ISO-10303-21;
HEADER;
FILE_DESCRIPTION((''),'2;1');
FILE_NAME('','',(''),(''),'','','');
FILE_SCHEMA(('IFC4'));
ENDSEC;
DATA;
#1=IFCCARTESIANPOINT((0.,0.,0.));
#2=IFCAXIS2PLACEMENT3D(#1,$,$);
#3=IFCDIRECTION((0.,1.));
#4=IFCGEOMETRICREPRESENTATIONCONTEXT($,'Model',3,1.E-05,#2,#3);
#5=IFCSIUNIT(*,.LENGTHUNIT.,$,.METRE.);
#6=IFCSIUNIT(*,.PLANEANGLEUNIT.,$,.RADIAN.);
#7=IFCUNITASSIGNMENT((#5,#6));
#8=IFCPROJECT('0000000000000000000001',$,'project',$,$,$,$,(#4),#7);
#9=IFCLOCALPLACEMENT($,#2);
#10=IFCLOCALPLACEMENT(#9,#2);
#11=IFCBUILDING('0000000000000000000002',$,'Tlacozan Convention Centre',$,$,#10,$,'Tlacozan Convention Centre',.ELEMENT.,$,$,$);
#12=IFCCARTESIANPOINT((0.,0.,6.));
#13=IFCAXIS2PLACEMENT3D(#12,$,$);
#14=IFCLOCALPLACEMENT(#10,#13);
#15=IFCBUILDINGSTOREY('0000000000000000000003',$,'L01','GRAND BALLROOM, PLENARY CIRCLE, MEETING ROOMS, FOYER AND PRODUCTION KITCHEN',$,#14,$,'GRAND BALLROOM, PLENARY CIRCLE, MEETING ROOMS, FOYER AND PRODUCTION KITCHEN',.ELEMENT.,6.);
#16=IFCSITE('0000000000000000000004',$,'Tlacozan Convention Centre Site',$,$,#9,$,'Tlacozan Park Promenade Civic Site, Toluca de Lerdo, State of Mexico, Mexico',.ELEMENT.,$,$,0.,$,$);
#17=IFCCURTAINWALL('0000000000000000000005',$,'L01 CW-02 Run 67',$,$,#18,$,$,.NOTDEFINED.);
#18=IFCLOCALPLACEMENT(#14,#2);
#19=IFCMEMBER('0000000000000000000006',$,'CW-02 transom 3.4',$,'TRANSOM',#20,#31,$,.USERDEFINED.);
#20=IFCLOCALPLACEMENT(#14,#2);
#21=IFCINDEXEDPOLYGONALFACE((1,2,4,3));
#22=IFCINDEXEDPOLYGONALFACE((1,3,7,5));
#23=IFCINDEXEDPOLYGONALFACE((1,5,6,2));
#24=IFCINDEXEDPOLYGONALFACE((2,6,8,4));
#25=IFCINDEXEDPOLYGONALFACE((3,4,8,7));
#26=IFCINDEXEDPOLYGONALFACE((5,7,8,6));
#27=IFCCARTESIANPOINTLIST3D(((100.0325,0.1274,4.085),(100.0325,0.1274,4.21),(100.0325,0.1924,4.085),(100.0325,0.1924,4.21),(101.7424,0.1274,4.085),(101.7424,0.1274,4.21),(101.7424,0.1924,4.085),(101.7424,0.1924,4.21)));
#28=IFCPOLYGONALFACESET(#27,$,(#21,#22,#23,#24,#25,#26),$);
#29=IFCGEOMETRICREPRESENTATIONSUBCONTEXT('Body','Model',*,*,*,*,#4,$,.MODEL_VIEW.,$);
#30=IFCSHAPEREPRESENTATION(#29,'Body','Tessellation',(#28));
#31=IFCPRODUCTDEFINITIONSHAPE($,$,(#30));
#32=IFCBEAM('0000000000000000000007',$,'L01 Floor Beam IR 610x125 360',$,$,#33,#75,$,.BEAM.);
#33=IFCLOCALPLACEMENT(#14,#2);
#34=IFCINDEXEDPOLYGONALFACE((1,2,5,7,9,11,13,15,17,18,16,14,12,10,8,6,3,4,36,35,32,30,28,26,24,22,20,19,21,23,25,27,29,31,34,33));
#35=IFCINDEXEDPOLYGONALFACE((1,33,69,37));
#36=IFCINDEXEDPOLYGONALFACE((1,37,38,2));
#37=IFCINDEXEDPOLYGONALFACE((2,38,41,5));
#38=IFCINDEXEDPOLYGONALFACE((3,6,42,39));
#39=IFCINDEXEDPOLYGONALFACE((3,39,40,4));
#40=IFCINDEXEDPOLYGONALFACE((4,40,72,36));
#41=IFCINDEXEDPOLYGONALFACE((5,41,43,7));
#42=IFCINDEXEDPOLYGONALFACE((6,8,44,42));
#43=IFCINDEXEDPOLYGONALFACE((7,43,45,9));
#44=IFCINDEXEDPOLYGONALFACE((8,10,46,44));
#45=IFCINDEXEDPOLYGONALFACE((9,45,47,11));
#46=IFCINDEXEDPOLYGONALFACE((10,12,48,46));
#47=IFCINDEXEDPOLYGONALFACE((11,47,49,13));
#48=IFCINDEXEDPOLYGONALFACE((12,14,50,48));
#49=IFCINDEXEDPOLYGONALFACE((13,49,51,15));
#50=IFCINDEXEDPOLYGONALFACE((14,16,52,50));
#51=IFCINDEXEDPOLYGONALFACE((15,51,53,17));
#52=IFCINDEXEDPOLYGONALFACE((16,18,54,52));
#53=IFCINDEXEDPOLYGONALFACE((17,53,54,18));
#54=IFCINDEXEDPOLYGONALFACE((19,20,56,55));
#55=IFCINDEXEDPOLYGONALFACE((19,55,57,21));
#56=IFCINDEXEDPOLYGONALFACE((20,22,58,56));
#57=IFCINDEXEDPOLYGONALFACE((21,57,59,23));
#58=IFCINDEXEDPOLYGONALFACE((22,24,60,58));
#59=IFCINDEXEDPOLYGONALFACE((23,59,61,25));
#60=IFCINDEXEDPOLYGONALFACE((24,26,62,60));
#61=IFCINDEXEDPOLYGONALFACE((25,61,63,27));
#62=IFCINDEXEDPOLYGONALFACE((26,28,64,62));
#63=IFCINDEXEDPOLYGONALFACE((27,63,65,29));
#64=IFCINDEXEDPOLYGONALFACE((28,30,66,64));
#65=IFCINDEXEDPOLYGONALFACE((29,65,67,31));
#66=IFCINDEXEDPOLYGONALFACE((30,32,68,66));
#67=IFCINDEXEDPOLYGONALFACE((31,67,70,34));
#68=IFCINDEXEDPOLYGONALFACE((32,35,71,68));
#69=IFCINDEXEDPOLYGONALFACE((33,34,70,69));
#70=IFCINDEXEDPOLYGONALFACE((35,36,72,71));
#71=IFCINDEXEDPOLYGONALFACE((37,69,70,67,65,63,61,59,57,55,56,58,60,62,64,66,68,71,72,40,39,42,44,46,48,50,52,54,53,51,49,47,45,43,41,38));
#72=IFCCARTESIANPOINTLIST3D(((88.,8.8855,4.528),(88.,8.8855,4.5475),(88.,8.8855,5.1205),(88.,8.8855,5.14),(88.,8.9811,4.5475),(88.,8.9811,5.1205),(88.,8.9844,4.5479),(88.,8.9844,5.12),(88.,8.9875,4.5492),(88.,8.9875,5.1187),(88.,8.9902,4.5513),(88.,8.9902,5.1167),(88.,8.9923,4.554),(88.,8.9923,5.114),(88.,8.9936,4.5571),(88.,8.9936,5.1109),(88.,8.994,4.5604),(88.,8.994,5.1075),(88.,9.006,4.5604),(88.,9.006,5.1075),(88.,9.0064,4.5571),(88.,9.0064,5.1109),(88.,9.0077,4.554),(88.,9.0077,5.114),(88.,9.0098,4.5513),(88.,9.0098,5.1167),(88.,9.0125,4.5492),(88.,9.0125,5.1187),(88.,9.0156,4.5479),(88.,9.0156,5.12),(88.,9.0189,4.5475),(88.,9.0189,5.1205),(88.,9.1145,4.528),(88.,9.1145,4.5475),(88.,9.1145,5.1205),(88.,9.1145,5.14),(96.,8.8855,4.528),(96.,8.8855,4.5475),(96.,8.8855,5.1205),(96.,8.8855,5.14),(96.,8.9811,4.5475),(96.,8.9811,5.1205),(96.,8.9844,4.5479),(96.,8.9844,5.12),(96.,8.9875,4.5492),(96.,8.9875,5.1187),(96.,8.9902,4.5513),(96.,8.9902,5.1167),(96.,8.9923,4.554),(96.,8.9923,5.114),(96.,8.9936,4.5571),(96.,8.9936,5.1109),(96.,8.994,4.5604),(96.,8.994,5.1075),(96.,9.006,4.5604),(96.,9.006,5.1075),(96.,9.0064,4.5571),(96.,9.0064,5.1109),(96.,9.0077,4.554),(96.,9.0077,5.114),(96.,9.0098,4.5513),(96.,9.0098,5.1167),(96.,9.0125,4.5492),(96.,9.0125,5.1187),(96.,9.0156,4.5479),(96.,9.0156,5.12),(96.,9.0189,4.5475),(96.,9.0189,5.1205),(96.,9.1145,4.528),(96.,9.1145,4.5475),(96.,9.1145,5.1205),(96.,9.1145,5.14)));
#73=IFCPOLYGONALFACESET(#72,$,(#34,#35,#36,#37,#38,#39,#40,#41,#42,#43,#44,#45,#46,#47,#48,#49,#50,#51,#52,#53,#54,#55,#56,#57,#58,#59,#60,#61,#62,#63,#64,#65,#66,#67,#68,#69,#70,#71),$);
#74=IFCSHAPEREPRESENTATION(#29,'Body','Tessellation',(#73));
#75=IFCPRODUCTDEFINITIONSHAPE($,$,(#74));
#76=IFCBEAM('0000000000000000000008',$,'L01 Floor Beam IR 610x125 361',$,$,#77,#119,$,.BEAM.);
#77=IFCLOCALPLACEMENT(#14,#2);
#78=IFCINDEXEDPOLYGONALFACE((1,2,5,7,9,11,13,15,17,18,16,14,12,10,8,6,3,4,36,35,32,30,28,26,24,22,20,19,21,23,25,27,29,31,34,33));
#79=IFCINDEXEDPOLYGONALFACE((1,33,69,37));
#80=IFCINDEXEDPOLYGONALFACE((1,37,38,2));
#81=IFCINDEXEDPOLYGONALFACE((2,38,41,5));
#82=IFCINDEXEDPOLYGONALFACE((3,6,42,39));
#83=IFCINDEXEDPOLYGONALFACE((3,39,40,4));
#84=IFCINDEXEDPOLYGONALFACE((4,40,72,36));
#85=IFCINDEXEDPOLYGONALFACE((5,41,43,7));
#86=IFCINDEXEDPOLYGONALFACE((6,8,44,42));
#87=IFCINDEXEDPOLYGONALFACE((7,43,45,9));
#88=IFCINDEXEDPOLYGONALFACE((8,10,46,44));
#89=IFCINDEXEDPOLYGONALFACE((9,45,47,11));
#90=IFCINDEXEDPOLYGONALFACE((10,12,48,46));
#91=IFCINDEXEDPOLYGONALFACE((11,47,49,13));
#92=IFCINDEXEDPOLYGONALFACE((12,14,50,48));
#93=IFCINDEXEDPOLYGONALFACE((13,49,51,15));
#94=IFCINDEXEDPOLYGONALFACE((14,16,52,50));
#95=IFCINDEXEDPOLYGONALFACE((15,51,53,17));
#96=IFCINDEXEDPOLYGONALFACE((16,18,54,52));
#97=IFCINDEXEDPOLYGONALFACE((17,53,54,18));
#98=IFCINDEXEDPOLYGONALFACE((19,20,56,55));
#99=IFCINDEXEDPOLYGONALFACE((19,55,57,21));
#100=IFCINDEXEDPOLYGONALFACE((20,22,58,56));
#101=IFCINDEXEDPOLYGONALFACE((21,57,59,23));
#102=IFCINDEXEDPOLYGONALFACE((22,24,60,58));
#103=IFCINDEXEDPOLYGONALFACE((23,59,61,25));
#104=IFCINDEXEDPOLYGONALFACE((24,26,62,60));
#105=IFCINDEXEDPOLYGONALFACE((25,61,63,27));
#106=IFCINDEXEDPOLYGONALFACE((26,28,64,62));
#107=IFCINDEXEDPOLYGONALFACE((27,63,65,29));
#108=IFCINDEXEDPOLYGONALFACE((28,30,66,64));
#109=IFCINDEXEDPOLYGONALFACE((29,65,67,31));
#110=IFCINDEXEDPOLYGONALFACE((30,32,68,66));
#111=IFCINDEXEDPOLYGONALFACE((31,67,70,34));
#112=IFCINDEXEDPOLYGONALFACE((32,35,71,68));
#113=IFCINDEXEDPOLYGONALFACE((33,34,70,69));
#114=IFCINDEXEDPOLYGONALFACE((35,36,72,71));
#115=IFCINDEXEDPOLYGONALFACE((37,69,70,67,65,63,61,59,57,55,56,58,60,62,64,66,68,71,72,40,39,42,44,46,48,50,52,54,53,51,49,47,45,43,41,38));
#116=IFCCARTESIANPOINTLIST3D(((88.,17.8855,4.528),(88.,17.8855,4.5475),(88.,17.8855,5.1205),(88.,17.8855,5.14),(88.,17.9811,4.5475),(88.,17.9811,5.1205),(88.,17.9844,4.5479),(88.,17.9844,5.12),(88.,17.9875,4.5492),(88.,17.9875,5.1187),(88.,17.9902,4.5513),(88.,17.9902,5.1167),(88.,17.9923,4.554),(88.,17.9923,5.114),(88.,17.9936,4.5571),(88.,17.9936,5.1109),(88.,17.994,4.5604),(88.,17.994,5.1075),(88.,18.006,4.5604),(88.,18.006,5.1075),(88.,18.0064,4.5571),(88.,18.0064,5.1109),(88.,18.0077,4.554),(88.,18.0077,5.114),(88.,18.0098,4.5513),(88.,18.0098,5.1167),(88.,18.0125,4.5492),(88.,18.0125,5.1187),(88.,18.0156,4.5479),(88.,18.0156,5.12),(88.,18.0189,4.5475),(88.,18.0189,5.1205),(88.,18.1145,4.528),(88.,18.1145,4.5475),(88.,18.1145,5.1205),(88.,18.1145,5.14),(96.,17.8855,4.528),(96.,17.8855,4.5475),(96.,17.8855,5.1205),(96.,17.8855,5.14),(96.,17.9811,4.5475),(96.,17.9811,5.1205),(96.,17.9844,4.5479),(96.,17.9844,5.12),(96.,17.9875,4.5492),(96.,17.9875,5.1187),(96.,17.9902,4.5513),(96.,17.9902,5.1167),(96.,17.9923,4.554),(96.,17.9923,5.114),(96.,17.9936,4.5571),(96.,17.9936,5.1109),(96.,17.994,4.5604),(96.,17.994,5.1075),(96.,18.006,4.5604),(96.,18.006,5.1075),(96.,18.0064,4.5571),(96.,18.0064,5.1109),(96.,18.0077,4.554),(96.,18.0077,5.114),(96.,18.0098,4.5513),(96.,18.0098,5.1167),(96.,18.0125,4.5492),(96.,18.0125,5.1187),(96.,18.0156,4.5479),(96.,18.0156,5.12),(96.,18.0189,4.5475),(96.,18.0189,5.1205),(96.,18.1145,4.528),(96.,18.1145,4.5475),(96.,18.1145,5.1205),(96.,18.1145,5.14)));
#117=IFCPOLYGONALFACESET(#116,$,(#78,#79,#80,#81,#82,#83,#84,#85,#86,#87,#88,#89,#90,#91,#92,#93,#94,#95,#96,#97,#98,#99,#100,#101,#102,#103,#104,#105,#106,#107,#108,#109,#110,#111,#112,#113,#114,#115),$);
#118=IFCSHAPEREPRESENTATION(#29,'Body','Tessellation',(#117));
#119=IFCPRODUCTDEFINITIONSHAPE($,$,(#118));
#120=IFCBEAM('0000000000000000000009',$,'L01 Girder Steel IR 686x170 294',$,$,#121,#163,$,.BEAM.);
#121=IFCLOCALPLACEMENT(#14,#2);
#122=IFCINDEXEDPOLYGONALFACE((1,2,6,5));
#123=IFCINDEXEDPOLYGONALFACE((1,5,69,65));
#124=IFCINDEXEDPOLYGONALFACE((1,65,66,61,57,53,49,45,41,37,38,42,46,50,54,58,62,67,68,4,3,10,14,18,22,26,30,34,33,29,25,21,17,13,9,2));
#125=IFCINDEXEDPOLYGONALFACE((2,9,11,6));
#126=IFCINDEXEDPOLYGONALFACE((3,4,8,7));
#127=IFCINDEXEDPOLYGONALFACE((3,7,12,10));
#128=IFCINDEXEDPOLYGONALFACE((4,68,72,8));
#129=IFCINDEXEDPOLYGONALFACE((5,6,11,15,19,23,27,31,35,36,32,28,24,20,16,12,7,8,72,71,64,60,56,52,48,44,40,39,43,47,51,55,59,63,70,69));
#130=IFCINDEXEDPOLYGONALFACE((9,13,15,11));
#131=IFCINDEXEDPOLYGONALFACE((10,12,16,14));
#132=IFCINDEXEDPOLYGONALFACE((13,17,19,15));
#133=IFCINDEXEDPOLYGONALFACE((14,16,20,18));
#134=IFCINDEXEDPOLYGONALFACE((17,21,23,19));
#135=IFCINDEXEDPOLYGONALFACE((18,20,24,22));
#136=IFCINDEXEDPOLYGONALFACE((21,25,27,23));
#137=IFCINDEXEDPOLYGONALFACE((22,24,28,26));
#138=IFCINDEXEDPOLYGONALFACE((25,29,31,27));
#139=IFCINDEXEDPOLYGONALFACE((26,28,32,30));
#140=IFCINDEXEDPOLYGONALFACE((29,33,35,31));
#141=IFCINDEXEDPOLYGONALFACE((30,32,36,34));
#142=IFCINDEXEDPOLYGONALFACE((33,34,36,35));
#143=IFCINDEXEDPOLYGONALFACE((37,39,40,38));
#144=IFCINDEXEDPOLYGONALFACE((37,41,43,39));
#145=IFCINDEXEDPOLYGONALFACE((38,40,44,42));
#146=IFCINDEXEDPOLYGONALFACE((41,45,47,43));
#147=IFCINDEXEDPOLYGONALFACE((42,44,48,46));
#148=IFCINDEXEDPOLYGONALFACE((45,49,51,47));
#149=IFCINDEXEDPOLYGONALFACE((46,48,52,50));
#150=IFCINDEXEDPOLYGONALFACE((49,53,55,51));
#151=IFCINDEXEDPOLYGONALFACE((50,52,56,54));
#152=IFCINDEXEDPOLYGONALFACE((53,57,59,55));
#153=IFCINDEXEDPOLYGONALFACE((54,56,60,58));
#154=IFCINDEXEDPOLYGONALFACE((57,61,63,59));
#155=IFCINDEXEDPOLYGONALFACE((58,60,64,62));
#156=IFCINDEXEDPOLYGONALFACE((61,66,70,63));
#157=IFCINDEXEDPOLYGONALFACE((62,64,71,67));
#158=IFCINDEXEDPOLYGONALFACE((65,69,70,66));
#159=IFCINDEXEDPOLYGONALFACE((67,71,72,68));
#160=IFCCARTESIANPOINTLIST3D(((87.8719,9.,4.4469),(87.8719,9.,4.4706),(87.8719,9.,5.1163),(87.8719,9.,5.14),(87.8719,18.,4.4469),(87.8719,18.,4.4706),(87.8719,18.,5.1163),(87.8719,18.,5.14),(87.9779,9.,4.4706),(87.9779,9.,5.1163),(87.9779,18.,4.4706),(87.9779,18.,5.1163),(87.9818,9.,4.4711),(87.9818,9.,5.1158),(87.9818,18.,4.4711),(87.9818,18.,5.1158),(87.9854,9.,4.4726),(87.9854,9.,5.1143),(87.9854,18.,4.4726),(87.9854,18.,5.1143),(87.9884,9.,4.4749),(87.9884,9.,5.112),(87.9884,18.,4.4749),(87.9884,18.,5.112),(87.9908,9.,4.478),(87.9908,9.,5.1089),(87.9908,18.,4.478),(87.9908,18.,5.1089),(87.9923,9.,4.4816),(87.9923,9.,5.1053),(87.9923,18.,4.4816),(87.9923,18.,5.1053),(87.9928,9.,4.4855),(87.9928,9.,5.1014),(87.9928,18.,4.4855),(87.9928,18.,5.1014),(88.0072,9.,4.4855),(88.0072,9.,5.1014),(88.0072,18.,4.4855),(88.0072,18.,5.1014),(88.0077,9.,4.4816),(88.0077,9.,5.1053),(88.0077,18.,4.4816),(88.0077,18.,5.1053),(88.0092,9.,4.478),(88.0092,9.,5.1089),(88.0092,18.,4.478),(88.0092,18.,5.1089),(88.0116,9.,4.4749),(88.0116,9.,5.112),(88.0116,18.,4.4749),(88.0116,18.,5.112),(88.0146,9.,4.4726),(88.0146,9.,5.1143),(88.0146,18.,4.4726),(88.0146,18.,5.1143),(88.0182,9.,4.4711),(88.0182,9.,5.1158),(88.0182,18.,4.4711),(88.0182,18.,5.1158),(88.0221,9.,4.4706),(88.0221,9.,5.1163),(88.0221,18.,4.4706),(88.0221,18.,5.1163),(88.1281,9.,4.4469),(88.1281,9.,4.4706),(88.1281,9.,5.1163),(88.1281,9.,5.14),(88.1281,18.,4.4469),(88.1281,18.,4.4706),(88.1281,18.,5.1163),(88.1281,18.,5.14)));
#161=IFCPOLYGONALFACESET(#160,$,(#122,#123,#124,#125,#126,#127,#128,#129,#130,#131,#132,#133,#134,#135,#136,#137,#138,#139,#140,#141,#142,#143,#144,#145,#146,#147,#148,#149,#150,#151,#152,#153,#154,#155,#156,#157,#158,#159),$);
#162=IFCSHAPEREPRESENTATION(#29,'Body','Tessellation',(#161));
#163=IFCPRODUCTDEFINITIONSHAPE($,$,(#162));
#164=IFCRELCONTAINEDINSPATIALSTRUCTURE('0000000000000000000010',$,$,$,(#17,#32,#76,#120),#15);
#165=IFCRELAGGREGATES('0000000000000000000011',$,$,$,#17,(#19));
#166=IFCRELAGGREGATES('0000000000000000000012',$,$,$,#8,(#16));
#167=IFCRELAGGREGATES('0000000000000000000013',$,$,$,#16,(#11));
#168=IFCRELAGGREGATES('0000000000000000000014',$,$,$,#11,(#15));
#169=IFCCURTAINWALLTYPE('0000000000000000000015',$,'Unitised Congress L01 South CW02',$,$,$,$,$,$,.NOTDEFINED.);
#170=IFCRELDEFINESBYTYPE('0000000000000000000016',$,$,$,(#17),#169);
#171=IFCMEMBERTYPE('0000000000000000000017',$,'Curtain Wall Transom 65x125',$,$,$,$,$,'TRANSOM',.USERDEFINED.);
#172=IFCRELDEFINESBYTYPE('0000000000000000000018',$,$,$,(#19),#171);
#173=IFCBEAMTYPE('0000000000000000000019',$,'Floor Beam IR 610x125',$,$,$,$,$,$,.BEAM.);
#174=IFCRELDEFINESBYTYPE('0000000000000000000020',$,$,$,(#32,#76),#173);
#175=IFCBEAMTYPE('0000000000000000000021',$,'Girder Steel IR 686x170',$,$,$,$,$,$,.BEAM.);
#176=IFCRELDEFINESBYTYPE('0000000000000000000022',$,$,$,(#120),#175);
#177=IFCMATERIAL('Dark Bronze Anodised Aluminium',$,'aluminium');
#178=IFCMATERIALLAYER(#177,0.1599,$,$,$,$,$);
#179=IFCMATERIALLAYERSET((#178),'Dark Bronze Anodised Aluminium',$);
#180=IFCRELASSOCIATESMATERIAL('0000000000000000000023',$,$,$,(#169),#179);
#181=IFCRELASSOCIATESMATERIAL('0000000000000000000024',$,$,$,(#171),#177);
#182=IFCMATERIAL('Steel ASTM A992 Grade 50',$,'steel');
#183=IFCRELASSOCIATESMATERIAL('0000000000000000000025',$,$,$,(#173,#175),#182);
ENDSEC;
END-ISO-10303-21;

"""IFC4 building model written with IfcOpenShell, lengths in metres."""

from ifc_helpers import new_model, si_unit, direction, frame, origin, origin_2d, place, context, subcontext, project, spatial, rectangle, i_section, extrude, material, layer, layer_set, material_profile, profile_set, type_object, element, aggregate, save


model = new_model("IFC4")

# Units and contexts
model_context = context("Model", 3, precision=1e-05, world=origin(), true_north=direction((0.0, 1.0)))
body_context = subcontext(model_context, "Body", "Model", "MODEL_VIEW")
ifc_project = project(units=[si_unit("LENGTHUNIT", "METRE"), si_unit("PLANEANGLEUNIT", "RADIAN")], contexts=[model_context])

# Site, building, storey
site_placement = place(None, origin())
site = spatial("IfcSite", under=ifc_project, at=site_placement, Name="Tlacozan Convention Centre Site", LongName="Tlacozan Park Promenade Civic Site, Toluca de Lerdo, State of Mexico, Mexico", CompositionType="ELEMENT", RefElevation=0.0)
building_placement = place(site_placement, origin())
building = spatial("IfcBuilding", under=site, at=building_placement, Name="Tlacozan Convention Centre", LongName="Tlacozan Convention Centre", CompositionType="ELEMENT")
storey_placement = place(building_placement, frame((0.0, 0.0, 6.0)))
storey = spatial("IfcBuildingStorey", under=building, at=storey_placement, Name="L01", Description="GRAND BALLROOM, PLENARY CIRCLE, MEETING ROOMS, FOYER AND PRODUCTION KITCHEN", LongName="GRAND BALLROOM, PLENARY CIRCLE, MEETING ROOMS, FOYER AND PRODUCTION KITCHEN", CompositionType="ELEMENT", Elevation=6.0)

# Curtain wall, member
ifc_material_1 = material(Name="Dark Bronze Anodised Aluminium", Category="aluminium")
ifc_layer_1 = layer(ifc_material_1, 0.1599)
ifc_layer_set_1 = layer_set([ifc_layer_1], Name="Dark Bronze Anodised Aluminium")
curtain_wall_type = type_object("IfcCurtainWallType", Name="Unitised Congress L01 South CW02", PredefinedType="NOTDEFINED", material=ifc_layer_set_1)
curtain_wall_placement = place(storey_placement, origin())
curtain_wall = element("IfcCurtainWall", 1, at=curtain_wall_placement, inside=storey, type_object=curtain_wall_type, Name="L01 CW-02 Run 67", PredefinedType="NOTDEFINED")
ifc_material_profile_1 = material_profile(ifc_material_1, rectangle(XDim=0.0649, YDim=0.125, at=origin_2d()), Name="ALU 65x125")
ifc_profile_set_1 = profile_set([ifc_material_profile_1], Name="Dark Bronze Anodised Aluminium")
member_type = type_object("IfcMemberType", Name="Curtain Wall Transom 65x125", ElementType="TRANSOM", PredefinedType="USERDEFINED", material=ifc_profile_set_1)
member_1_placement = place(storey_placement, frame((100.0325, 0.1599, 4.1475), z_axis=(1.0, 0.0, 0.0), x_axis=(0.0, 1.0, 0.0)))
member_1 = element("IfcMember", 2, at=member_1_placement, type_object=member_type, Name="CW-02 transom 3.4", ObjectType="TRANSOM", PredefinedType="USERDEFINED", context=body_context, shape_type="SweptSolid", body=[
    extrude(rectangle(XDim=0.0649, YDim=0.125, at=origin_2d()), origin(), (0.0, 0.0, 1.0), 1.71),
])

# Beams
ifc_material_2 = material(Name="Steel ASTM A992 Grade 50", Category="steel")
ifc_material_profile_2 = material_profile(ifc_material_2, i_section(OverallWidth=0.229, OverallDepth=0.6121, WebThickness=0.012, FlangeThickness=0.0195, FilletRadius=0.0129, at=origin_2d()), Name="IR 610x125.0")
ifc_profile_set_2 = profile_set([ifc_material_profile_2], Name="Steel ASTM A992 Grade 50")
beam_type_1 = type_object("IfcBeamType", Name="Floor Beam IR 610x125", PredefinedType="BEAM", material=ifc_profile_set_2)
for number, where, z_axis, x_axis, name in (
    (3, (88.0, 9.0, 4.834), (1.0, 0.0, 0.0), (0.0, 1.0, 0.0), "L01 Floor Beam IR 610x125 360"),
    (4, (88.0, 18.0, 4.834), (1.0, 0.0, 0.0), (0.0, 1.0, 0.0), "L01 Floor Beam IR 610x125 361"),
):
    element("IfcBeam", number, at=place(storey_placement, frame(where, z_axis=z_axis, x_axis=x_axis)), inside=storey, type_object=beam_type_1, Name=name, PredefinedType="BEAM", context=body_context, shape_type="SweptSolid", body=[
        extrude(i_section(OverallWidth=0.229, OverallDepth=0.6121, WebThickness=0.012, FlangeThickness=0.0195, FilletRadius=0.0129, at=origin_2d()), origin(), (0.0, 0.0, 1.0), 8.0),
    ])
ifc_material_profile_3 = material_profile(ifc_material_2, i_section(OverallWidth=0.2561, OverallDepth=0.6931, WebThickness=0.0144, FlangeThickness=0.0237, FilletRadius=0.0149, at=origin_2d()), Name="IR 686x170.0")
ifc_profile_set_3 = profile_set([ifc_material_profile_3], Name="Steel ASTM A992 Grade 50")
beam_type_2 = type_object("IfcBeamType", Name="Girder Steel IR 686x170", PredefinedType="BEAM", material=ifc_profile_set_3)
for number, where, z_axis, x_axis, name in (
    (5, (88.0, 9.0, 4.7935), (0.0, 1.0, 0.0), (-1.0, 0.0, 0.0), "L01 Girder Steel IR 686x170 294"),
):
    element("IfcBeam", number, at=place(storey_placement, frame(where, z_axis=z_axis, x_axis=x_axis)), inside=storey, type_object=beam_type_2, Name=name, PredefinedType="BEAM", context=body_context, shape_type="SweptSolid", body=[
        extrude(i_section(OverallWidth=0.2561, OverallDepth=0.6931, WebThickness=0.0144, FlangeThickness=0.0237, FilletRadius=0.0149, at=origin_2d()), origin(), (0.0, 0.0, 1.0), 9.0),
    ])

aggregate(curtain_wall, [member_1])

save(model, "model.ifc")
